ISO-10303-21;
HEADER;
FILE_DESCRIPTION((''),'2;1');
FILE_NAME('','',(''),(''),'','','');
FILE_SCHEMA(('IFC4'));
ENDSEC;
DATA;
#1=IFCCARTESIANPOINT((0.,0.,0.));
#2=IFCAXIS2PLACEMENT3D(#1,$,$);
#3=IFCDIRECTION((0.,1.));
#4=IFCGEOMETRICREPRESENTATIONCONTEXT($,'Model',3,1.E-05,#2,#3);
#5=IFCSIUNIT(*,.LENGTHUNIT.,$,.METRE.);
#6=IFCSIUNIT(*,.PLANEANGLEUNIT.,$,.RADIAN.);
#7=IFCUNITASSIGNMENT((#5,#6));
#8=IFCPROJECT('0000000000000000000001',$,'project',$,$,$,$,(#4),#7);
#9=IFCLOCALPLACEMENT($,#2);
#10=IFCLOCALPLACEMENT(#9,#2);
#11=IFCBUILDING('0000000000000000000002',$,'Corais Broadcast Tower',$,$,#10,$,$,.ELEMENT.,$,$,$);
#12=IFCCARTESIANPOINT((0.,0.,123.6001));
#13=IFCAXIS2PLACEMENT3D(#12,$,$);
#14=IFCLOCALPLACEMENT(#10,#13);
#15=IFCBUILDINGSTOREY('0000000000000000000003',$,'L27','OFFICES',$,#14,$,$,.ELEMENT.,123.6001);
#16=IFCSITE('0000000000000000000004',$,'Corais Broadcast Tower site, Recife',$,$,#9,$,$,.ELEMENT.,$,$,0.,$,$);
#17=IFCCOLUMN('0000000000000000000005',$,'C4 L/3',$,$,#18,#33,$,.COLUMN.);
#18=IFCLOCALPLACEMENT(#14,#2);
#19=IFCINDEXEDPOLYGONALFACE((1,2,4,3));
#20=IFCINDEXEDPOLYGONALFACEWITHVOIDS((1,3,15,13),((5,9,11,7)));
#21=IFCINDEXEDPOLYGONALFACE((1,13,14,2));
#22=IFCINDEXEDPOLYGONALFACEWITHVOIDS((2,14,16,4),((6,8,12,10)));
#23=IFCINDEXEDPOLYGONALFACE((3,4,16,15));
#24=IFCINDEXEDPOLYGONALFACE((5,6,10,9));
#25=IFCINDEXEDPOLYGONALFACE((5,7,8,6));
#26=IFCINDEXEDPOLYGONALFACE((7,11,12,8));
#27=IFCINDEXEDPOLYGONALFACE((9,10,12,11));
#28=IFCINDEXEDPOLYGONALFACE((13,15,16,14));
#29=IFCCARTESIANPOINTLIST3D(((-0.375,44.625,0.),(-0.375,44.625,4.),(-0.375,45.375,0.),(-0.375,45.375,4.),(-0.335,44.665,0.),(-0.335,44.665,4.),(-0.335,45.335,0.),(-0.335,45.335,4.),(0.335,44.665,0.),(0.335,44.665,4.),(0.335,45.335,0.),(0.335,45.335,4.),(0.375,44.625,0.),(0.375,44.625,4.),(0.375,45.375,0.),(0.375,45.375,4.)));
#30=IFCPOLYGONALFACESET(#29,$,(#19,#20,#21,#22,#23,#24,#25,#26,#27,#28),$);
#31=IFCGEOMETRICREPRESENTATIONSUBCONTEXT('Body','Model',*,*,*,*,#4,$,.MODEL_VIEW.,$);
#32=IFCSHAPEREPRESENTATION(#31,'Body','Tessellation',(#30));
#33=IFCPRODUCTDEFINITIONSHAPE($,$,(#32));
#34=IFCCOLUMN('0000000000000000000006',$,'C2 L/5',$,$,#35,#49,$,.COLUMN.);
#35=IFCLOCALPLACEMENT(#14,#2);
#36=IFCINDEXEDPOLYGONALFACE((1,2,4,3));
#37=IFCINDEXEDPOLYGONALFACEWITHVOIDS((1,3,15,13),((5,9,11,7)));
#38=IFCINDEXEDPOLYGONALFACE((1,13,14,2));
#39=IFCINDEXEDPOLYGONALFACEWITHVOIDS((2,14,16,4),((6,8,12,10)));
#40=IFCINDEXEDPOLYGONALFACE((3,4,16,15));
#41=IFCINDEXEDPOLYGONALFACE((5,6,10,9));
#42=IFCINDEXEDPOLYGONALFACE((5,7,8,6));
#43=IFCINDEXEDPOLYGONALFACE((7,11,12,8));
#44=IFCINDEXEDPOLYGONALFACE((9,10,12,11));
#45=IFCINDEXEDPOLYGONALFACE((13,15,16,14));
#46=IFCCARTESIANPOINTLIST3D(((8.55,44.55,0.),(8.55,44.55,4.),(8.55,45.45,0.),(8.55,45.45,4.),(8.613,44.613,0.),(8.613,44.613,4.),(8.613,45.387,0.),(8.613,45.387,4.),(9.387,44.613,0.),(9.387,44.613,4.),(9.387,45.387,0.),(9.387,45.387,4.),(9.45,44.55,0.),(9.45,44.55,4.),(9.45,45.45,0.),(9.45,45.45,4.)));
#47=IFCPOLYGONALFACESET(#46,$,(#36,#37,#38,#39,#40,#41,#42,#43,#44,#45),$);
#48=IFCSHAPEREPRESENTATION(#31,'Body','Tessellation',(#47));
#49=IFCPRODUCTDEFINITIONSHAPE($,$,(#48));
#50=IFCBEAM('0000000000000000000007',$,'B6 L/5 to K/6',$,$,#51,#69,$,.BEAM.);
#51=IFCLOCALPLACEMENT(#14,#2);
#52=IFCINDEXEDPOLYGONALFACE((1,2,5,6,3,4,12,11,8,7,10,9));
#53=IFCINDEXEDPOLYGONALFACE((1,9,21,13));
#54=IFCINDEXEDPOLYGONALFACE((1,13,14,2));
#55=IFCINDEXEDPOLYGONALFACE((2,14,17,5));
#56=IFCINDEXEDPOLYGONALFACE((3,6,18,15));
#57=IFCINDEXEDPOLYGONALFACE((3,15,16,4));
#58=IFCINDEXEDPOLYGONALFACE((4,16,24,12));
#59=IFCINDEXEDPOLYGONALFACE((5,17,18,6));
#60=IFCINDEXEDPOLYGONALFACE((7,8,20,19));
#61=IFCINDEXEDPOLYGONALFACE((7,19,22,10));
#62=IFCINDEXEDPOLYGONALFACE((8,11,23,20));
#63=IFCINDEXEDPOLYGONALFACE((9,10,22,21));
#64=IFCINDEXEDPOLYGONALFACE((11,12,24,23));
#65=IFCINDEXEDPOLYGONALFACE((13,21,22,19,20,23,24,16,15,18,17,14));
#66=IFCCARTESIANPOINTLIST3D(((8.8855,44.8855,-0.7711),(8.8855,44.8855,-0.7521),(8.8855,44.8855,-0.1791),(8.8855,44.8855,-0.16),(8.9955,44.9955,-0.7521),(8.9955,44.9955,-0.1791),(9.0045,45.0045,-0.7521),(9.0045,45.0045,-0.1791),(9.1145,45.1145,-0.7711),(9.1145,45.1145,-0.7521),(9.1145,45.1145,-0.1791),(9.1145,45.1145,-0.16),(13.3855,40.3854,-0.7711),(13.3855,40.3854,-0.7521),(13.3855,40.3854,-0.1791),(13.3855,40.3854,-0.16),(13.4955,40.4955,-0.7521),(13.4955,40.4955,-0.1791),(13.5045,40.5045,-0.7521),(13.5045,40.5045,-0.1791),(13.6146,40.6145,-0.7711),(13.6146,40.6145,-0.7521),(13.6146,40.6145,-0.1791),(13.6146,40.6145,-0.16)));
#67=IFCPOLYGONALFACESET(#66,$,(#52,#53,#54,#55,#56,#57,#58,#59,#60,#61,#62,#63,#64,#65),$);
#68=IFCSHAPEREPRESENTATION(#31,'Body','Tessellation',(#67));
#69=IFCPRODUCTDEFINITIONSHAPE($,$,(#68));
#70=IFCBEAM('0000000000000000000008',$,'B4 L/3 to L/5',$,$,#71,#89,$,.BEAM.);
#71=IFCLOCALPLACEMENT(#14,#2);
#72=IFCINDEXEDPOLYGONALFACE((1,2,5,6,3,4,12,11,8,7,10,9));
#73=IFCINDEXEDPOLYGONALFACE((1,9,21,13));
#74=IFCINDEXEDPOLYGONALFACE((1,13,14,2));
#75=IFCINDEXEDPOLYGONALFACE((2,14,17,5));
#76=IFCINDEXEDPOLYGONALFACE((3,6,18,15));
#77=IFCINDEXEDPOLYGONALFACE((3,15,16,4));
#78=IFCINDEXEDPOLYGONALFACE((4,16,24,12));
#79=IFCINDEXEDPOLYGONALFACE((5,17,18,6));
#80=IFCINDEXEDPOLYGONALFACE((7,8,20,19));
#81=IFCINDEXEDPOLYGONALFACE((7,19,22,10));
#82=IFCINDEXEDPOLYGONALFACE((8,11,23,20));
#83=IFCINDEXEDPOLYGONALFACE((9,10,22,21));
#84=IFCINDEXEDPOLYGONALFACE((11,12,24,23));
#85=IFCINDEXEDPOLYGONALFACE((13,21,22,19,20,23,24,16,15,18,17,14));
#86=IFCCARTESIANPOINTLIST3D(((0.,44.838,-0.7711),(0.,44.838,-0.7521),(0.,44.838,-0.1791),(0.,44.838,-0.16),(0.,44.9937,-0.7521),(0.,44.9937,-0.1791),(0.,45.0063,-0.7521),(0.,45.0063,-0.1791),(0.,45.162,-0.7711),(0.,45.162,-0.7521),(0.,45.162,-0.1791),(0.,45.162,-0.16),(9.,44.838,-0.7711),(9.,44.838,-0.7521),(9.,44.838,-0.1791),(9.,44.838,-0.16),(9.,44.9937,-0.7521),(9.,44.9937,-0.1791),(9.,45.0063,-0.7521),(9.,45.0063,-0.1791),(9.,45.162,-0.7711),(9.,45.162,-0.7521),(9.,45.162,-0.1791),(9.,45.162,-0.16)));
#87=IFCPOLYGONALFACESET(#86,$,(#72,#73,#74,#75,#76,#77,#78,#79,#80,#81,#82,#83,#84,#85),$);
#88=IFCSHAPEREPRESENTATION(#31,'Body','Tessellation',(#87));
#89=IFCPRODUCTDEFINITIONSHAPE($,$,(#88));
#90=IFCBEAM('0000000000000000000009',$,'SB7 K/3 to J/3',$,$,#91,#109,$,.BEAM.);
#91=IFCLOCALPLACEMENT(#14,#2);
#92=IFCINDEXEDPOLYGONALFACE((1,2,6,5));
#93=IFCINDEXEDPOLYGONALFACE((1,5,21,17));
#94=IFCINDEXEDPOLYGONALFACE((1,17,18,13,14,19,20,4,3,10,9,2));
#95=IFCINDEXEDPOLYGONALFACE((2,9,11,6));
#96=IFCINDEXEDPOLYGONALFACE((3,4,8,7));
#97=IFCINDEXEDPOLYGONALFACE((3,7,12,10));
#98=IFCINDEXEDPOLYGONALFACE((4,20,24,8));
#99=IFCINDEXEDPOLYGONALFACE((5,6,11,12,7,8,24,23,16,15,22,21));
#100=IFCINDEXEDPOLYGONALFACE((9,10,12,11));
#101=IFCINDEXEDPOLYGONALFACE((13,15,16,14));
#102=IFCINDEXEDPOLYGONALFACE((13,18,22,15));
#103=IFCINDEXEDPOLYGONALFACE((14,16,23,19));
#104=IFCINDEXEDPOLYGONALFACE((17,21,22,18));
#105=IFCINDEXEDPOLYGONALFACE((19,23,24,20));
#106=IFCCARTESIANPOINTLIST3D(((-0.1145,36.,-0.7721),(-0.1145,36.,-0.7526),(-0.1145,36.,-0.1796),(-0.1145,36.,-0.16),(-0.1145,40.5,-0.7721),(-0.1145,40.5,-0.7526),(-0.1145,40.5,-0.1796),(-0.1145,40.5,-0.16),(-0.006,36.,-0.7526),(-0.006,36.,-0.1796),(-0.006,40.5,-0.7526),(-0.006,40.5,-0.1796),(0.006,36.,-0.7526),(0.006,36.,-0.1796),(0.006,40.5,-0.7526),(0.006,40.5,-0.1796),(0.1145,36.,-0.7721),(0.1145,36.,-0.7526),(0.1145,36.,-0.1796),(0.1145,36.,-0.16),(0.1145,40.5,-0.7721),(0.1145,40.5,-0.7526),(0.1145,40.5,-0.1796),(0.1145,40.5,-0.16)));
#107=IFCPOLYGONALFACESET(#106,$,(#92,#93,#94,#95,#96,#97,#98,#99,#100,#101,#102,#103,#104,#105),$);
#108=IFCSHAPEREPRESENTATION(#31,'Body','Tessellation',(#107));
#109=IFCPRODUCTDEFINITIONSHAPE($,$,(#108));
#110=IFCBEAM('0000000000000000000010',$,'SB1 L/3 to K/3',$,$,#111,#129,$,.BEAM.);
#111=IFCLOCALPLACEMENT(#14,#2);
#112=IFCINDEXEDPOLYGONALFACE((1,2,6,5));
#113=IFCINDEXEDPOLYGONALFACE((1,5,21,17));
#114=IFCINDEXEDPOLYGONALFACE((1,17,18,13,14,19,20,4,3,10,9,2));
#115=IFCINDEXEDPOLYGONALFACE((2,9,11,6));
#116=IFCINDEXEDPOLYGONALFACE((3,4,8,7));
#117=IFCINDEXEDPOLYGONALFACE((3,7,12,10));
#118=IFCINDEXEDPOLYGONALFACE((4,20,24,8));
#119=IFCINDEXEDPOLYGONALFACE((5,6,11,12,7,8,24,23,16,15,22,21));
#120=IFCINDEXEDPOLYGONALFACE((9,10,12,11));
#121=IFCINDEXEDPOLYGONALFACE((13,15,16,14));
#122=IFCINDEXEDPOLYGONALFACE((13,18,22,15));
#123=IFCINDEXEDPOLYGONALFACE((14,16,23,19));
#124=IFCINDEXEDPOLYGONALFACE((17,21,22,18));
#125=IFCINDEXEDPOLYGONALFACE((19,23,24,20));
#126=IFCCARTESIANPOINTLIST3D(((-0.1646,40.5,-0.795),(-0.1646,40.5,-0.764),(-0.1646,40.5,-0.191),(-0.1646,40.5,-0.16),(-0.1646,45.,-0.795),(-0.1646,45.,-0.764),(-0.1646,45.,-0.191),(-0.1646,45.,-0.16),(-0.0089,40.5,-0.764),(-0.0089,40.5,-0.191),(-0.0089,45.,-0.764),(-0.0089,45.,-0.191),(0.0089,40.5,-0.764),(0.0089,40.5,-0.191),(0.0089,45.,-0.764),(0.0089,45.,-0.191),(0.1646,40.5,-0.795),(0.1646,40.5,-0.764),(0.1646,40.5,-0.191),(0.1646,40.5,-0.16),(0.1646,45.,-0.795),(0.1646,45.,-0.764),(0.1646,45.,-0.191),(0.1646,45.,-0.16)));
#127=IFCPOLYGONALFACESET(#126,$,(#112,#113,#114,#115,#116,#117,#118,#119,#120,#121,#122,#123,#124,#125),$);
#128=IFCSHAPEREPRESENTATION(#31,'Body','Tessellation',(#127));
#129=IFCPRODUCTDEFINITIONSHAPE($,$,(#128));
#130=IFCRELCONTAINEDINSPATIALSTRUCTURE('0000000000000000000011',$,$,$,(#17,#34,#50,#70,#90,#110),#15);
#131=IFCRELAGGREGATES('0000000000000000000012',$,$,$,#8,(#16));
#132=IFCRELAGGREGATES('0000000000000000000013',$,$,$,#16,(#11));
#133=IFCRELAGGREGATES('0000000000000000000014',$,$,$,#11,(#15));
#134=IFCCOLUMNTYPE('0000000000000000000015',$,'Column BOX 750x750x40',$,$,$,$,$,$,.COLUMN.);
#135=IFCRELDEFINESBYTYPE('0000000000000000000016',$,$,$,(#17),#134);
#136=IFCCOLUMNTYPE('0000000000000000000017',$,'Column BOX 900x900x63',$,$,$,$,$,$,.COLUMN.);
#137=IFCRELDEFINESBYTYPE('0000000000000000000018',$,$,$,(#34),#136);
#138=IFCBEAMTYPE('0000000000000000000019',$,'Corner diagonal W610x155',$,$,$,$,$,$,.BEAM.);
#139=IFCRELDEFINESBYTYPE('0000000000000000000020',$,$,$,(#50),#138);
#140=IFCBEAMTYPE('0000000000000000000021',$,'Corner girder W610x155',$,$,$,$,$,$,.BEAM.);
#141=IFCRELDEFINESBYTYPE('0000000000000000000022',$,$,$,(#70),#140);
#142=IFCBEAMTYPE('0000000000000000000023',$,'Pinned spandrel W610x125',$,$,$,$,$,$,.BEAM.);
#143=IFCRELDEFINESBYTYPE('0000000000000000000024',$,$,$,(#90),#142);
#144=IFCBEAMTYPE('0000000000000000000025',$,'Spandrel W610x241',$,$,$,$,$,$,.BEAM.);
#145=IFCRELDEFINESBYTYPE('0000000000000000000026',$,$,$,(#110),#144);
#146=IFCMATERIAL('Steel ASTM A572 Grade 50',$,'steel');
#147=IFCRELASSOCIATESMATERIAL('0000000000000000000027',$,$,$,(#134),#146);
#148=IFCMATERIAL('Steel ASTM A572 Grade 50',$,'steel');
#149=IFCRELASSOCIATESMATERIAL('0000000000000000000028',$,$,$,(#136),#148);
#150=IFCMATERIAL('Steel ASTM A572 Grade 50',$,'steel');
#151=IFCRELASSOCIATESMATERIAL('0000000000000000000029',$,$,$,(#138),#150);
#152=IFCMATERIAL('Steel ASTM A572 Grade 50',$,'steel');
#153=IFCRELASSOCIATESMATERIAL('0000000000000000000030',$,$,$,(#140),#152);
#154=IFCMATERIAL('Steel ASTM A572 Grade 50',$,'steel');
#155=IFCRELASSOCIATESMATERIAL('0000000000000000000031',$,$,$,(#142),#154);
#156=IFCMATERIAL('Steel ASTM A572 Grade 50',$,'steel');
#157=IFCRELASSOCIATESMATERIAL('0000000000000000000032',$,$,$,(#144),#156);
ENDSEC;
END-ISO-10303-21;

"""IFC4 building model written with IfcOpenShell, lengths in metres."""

from ifc_helpers import new_model, si_unit, direction, frame, origin, origin_2d, place, context, subcontext, project, spatial, hollow_rectangle, i_section, extrude, material, material_profile, profile_set, type_object, element, save


model = new_model("IFC4")

# Units and contexts
model_context = context("Model", 3, precision=1e-05, world=origin(), true_north=direction((0.0, 1.0)))
body_context = subcontext(model_context, "Body", "Model", "MODEL_VIEW")
ifc_project = project(units=[si_unit("LENGTHUNIT", "METRE"), si_unit("PLANEANGLEUNIT", "RADIAN")], contexts=[model_context])

# Site, building, storey
site_placement = place(None, origin())
site = spatial("IfcSite", under=ifc_project, at=site_placement, Name="Corais Broadcast Tower site, Recife", CompositionType="ELEMENT", RefElevation=0.0)
building_placement = place(site_placement, origin())
building = spatial("IfcBuilding", under=site, at=building_placement, Name="Corais Broadcast Tower", CompositionType="ELEMENT")
storey_placement = place(building_placement, frame((0.0, 0.0, 123.6001)))
storey = spatial("IfcBuildingStorey", under=building, at=storey_placement, Name="L27", Description="OFFICES", CompositionType="ELEMENT", Elevation=123.6001)

# Columns
ifc_material_1 = material(Name="Steel ASTM A572 Grade 50", Category="steel")
ifc_material_profile_1 = material_profile(ifc_material_1, hollow_rectangle(XDim=0.75, YDim=0.75, WallThickness=0.04, at=origin_2d()), Name="BOX 750x750x40")
ifc_profile_set_1 = profile_set([ifc_material_profile_1], Name="Steel ASTM A572 Grade 50")
column_type_1 = type_object("IfcColumnType", Name="Column BOX 750x750x40", PredefinedType="COLUMN", material=ifc_profile_set_1)
column_1_placement = place(storey_placement, frame((0.0, 45.0, 0.0), z_axis=(0.0, 0.0, 1.0), x_axis=(1.0, 0.0, 0.0)))
element("IfcColumn", 1, at=column_1_placement, inside=storey, type_object=column_type_1, Name="C4 L/3", PredefinedType="COLUMN", context=body_context, shape_type="SweptSolid", body=[
    extrude(hollow_rectangle(XDim=0.75, YDim=0.75, WallThickness=0.04, at=origin_2d()), origin(), (0.0, 0.0, 1.0), 4.0),
])
ifc_material_2 = material(Name="Steel ASTM A572 Grade 50", Category="steel")
ifc_material_profile_2 = material_profile(ifc_material_2, hollow_rectangle(XDim=0.8999, YDim=0.8999, WallThickness=0.063, at=origin_2d()), Name="BOX 900x900x63")
ifc_profile_set_2 = profile_set([ifc_material_profile_2], Name="Steel ASTM A572 Grade 50")
column_type_2 = type_object("IfcColumnType", Name="Column BOX 900x900x63", PredefinedType="COLUMN", material=ifc_profile_set_2)
column_2_placement = place(storey_placement, frame((9.0, 45.0, 0.0), z_axis=(0.0, 0.0, 1.0), x_axis=(1.0, 0.0, 0.0)))
element("IfcColumn", 2, at=column_2_placement, inside=storey, type_object=column_type_2, Name="C2 L/5", PredefinedType="COLUMN", context=body_context, shape_type="SweptSolid", body=[
    extrude(hollow_rectangle(XDim=0.8999, YDim=0.8999, WallThickness=0.063, at=origin_2d()), origin(), (0.0, 0.0, 1.0), 4.0),
])

# Beams
ifc_material_3 = material(Name="Steel ASTM A572 Grade 50", Category="steel")
ifc_material_profile_3 = material_profile(ifc_material_3, i_section(OverallWidth=0.324, OverallDepth=0.6111, WebThickness=0.0127, FlangeThickness=0.019, at=origin_2d()), Name="W610x155")
ifc_profile_set_3 = profile_set([ifc_material_profile_3], Name="Steel ASTM A572 Grade 50")
beam_type_1 = type_object("IfcBeamType", Name="Corner diagonal W610x155", PredefinedType="BEAM", material=ifc_profile_set_3)
beam_1_placement = place(storey_placement, frame((9.0, 45.0, -0.4656), z_axis=(0.707107, -0.707107, 0.0), x_axis=(0.707107, 0.707107, 0.0)))
element("IfcBeam", 3, at=beam_1_placement, inside=storey, type_object=beam_type_1, Name="B6 L/5 to K/6", PredefinedType="BEAM", context=body_context, shape_type="SweptSolid", body=[
    extrude(i_section(OverallWidth=0.324, OverallDepth=0.6111, WebThickness=0.0127, FlangeThickness=0.019, at=origin_2d()), origin(), (0.0, 0.0, 1.0), 6.364),
])
ifc_material_4 = material(Name="Steel ASTM A572 Grade 50", Category="steel")
ifc_material_profile_4 = material_profile(ifc_material_4, i_section(OverallWidth=0.324, OverallDepth=0.6111, WebThickness=0.0127, FlangeThickness=0.019, at=origin_2d()), Name="W610x155")
ifc_profile_set_4 = profile_set([ifc_material_profile_4], Name="Steel ASTM A572 Grade 50")
beam_type_2 = type_object("IfcBeamType", Name="Corner girder W610x155", PredefinedType="BEAM", material=ifc_profile_set_4)
beam_2_placement = place(storey_placement, frame((0.0, 45.0, -0.4656), z_axis=(1.0, 0.0, 0.0), x_axis=(0.0, 1.0, 0.0)))
element("IfcBeam", 4, at=beam_2_placement, inside=storey, type_object=beam_type_2, Name="B4 L/3 to L/5", PredefinedType="BEAM", context=body_context, shape_type="SweptSolid", body=[
    extrude(i_section(OverallWidth=0.324, OverallDepth=0.6111, WebThickness=0.0127, FlangeThickness=0.019, at=origin_2d()), origin(), (0.0, 0.0, 1.0), 9.0),
])
ifc_material_5 = material(Name="Steel ASTM A572 Grade 50", Category="steel")
ifc_material_profile_5 = material_profile(ifc_material_5, i_section(OverallWidth=0.229, OverallDepth=0.6121, WebThickness=0.012, FlangeThickness=0.0195, at=origin_2d()), Name="W610x125")
ifc_profile_set_5 = profile_set([ifc_material_profile_5], Name="Steel ASTM A572 Grade 50")
beam_type_3 = type_object("IfcBeamType", Name="Pinned spandrel W610x125", PredefinedType="BEAM", material=ifc_profile_set_5)
beam_3_placement = place(storey_placement, frame((0.0, 40.5, -0.4661), z_axis=(0.0, -1.0, 0.0), x_axis=(1.0, 0.0, 0.0)))
element("IfcBeam", 5, at=beam_3_placement, inside=storey, type_object=beam_type_3, Name="SB7 K/3 to J/3", PredefinedType="BEAM", context=body_context, shape_type="SweptSolid", body=[
    extrude(i_section(OverallWidth=0.229, OverallDepth=0.6121, WebThickness=0.012, FlangeThickness=0.0195, at=origin_2d()), origin(), (0.0, 0.0, 1.0), 4.5),
])
ifc_material_6 = material(Name="Steel ASTM A572 Grade 50", Category="steel")
ifc_material_profile_6 = material_profile(ifc_material_6, i_section(OverallWidth=0.3291, OverallDepth=0.635, WebThickness=0.0178, FlangeThickness=0.031, at=origin_2d()), Name="W610x241")
ifc_profile_set_6 = profile_set([ifc_material_profile_6], Name="Steel ASTM A572 Grade 50")
beam_type_4 = type_object("IfcBeamType", Name="Spandrel W610x241", PredefinedType="BEAM", material=ifc_profile_set_6)
beam_4_placement = place(storey_placement, frame((0.0, 45.0, -0.4775), z_axis=(0.0, -1.0, 0.0), x_axis=(1.0, 0.0, 0.0)))
element("IfcBeam", 6, at=beam_4_placement, inside=storey, type_object=beam_type_4, Name="SB1 L/3 to K/3", PredefinedType="BEAM", context=body_context, shape_type="SweptSolid", body=[
    extrude(i_section(OverallWidth=0.3291, OverallDepth=0.635, WebThickness=0.0178, FlangeThickness=0.031, at=origin_2d()), origin(), (0.0, 0.0, 1.0), 4.5),
])

save(model, "model.ifc")
